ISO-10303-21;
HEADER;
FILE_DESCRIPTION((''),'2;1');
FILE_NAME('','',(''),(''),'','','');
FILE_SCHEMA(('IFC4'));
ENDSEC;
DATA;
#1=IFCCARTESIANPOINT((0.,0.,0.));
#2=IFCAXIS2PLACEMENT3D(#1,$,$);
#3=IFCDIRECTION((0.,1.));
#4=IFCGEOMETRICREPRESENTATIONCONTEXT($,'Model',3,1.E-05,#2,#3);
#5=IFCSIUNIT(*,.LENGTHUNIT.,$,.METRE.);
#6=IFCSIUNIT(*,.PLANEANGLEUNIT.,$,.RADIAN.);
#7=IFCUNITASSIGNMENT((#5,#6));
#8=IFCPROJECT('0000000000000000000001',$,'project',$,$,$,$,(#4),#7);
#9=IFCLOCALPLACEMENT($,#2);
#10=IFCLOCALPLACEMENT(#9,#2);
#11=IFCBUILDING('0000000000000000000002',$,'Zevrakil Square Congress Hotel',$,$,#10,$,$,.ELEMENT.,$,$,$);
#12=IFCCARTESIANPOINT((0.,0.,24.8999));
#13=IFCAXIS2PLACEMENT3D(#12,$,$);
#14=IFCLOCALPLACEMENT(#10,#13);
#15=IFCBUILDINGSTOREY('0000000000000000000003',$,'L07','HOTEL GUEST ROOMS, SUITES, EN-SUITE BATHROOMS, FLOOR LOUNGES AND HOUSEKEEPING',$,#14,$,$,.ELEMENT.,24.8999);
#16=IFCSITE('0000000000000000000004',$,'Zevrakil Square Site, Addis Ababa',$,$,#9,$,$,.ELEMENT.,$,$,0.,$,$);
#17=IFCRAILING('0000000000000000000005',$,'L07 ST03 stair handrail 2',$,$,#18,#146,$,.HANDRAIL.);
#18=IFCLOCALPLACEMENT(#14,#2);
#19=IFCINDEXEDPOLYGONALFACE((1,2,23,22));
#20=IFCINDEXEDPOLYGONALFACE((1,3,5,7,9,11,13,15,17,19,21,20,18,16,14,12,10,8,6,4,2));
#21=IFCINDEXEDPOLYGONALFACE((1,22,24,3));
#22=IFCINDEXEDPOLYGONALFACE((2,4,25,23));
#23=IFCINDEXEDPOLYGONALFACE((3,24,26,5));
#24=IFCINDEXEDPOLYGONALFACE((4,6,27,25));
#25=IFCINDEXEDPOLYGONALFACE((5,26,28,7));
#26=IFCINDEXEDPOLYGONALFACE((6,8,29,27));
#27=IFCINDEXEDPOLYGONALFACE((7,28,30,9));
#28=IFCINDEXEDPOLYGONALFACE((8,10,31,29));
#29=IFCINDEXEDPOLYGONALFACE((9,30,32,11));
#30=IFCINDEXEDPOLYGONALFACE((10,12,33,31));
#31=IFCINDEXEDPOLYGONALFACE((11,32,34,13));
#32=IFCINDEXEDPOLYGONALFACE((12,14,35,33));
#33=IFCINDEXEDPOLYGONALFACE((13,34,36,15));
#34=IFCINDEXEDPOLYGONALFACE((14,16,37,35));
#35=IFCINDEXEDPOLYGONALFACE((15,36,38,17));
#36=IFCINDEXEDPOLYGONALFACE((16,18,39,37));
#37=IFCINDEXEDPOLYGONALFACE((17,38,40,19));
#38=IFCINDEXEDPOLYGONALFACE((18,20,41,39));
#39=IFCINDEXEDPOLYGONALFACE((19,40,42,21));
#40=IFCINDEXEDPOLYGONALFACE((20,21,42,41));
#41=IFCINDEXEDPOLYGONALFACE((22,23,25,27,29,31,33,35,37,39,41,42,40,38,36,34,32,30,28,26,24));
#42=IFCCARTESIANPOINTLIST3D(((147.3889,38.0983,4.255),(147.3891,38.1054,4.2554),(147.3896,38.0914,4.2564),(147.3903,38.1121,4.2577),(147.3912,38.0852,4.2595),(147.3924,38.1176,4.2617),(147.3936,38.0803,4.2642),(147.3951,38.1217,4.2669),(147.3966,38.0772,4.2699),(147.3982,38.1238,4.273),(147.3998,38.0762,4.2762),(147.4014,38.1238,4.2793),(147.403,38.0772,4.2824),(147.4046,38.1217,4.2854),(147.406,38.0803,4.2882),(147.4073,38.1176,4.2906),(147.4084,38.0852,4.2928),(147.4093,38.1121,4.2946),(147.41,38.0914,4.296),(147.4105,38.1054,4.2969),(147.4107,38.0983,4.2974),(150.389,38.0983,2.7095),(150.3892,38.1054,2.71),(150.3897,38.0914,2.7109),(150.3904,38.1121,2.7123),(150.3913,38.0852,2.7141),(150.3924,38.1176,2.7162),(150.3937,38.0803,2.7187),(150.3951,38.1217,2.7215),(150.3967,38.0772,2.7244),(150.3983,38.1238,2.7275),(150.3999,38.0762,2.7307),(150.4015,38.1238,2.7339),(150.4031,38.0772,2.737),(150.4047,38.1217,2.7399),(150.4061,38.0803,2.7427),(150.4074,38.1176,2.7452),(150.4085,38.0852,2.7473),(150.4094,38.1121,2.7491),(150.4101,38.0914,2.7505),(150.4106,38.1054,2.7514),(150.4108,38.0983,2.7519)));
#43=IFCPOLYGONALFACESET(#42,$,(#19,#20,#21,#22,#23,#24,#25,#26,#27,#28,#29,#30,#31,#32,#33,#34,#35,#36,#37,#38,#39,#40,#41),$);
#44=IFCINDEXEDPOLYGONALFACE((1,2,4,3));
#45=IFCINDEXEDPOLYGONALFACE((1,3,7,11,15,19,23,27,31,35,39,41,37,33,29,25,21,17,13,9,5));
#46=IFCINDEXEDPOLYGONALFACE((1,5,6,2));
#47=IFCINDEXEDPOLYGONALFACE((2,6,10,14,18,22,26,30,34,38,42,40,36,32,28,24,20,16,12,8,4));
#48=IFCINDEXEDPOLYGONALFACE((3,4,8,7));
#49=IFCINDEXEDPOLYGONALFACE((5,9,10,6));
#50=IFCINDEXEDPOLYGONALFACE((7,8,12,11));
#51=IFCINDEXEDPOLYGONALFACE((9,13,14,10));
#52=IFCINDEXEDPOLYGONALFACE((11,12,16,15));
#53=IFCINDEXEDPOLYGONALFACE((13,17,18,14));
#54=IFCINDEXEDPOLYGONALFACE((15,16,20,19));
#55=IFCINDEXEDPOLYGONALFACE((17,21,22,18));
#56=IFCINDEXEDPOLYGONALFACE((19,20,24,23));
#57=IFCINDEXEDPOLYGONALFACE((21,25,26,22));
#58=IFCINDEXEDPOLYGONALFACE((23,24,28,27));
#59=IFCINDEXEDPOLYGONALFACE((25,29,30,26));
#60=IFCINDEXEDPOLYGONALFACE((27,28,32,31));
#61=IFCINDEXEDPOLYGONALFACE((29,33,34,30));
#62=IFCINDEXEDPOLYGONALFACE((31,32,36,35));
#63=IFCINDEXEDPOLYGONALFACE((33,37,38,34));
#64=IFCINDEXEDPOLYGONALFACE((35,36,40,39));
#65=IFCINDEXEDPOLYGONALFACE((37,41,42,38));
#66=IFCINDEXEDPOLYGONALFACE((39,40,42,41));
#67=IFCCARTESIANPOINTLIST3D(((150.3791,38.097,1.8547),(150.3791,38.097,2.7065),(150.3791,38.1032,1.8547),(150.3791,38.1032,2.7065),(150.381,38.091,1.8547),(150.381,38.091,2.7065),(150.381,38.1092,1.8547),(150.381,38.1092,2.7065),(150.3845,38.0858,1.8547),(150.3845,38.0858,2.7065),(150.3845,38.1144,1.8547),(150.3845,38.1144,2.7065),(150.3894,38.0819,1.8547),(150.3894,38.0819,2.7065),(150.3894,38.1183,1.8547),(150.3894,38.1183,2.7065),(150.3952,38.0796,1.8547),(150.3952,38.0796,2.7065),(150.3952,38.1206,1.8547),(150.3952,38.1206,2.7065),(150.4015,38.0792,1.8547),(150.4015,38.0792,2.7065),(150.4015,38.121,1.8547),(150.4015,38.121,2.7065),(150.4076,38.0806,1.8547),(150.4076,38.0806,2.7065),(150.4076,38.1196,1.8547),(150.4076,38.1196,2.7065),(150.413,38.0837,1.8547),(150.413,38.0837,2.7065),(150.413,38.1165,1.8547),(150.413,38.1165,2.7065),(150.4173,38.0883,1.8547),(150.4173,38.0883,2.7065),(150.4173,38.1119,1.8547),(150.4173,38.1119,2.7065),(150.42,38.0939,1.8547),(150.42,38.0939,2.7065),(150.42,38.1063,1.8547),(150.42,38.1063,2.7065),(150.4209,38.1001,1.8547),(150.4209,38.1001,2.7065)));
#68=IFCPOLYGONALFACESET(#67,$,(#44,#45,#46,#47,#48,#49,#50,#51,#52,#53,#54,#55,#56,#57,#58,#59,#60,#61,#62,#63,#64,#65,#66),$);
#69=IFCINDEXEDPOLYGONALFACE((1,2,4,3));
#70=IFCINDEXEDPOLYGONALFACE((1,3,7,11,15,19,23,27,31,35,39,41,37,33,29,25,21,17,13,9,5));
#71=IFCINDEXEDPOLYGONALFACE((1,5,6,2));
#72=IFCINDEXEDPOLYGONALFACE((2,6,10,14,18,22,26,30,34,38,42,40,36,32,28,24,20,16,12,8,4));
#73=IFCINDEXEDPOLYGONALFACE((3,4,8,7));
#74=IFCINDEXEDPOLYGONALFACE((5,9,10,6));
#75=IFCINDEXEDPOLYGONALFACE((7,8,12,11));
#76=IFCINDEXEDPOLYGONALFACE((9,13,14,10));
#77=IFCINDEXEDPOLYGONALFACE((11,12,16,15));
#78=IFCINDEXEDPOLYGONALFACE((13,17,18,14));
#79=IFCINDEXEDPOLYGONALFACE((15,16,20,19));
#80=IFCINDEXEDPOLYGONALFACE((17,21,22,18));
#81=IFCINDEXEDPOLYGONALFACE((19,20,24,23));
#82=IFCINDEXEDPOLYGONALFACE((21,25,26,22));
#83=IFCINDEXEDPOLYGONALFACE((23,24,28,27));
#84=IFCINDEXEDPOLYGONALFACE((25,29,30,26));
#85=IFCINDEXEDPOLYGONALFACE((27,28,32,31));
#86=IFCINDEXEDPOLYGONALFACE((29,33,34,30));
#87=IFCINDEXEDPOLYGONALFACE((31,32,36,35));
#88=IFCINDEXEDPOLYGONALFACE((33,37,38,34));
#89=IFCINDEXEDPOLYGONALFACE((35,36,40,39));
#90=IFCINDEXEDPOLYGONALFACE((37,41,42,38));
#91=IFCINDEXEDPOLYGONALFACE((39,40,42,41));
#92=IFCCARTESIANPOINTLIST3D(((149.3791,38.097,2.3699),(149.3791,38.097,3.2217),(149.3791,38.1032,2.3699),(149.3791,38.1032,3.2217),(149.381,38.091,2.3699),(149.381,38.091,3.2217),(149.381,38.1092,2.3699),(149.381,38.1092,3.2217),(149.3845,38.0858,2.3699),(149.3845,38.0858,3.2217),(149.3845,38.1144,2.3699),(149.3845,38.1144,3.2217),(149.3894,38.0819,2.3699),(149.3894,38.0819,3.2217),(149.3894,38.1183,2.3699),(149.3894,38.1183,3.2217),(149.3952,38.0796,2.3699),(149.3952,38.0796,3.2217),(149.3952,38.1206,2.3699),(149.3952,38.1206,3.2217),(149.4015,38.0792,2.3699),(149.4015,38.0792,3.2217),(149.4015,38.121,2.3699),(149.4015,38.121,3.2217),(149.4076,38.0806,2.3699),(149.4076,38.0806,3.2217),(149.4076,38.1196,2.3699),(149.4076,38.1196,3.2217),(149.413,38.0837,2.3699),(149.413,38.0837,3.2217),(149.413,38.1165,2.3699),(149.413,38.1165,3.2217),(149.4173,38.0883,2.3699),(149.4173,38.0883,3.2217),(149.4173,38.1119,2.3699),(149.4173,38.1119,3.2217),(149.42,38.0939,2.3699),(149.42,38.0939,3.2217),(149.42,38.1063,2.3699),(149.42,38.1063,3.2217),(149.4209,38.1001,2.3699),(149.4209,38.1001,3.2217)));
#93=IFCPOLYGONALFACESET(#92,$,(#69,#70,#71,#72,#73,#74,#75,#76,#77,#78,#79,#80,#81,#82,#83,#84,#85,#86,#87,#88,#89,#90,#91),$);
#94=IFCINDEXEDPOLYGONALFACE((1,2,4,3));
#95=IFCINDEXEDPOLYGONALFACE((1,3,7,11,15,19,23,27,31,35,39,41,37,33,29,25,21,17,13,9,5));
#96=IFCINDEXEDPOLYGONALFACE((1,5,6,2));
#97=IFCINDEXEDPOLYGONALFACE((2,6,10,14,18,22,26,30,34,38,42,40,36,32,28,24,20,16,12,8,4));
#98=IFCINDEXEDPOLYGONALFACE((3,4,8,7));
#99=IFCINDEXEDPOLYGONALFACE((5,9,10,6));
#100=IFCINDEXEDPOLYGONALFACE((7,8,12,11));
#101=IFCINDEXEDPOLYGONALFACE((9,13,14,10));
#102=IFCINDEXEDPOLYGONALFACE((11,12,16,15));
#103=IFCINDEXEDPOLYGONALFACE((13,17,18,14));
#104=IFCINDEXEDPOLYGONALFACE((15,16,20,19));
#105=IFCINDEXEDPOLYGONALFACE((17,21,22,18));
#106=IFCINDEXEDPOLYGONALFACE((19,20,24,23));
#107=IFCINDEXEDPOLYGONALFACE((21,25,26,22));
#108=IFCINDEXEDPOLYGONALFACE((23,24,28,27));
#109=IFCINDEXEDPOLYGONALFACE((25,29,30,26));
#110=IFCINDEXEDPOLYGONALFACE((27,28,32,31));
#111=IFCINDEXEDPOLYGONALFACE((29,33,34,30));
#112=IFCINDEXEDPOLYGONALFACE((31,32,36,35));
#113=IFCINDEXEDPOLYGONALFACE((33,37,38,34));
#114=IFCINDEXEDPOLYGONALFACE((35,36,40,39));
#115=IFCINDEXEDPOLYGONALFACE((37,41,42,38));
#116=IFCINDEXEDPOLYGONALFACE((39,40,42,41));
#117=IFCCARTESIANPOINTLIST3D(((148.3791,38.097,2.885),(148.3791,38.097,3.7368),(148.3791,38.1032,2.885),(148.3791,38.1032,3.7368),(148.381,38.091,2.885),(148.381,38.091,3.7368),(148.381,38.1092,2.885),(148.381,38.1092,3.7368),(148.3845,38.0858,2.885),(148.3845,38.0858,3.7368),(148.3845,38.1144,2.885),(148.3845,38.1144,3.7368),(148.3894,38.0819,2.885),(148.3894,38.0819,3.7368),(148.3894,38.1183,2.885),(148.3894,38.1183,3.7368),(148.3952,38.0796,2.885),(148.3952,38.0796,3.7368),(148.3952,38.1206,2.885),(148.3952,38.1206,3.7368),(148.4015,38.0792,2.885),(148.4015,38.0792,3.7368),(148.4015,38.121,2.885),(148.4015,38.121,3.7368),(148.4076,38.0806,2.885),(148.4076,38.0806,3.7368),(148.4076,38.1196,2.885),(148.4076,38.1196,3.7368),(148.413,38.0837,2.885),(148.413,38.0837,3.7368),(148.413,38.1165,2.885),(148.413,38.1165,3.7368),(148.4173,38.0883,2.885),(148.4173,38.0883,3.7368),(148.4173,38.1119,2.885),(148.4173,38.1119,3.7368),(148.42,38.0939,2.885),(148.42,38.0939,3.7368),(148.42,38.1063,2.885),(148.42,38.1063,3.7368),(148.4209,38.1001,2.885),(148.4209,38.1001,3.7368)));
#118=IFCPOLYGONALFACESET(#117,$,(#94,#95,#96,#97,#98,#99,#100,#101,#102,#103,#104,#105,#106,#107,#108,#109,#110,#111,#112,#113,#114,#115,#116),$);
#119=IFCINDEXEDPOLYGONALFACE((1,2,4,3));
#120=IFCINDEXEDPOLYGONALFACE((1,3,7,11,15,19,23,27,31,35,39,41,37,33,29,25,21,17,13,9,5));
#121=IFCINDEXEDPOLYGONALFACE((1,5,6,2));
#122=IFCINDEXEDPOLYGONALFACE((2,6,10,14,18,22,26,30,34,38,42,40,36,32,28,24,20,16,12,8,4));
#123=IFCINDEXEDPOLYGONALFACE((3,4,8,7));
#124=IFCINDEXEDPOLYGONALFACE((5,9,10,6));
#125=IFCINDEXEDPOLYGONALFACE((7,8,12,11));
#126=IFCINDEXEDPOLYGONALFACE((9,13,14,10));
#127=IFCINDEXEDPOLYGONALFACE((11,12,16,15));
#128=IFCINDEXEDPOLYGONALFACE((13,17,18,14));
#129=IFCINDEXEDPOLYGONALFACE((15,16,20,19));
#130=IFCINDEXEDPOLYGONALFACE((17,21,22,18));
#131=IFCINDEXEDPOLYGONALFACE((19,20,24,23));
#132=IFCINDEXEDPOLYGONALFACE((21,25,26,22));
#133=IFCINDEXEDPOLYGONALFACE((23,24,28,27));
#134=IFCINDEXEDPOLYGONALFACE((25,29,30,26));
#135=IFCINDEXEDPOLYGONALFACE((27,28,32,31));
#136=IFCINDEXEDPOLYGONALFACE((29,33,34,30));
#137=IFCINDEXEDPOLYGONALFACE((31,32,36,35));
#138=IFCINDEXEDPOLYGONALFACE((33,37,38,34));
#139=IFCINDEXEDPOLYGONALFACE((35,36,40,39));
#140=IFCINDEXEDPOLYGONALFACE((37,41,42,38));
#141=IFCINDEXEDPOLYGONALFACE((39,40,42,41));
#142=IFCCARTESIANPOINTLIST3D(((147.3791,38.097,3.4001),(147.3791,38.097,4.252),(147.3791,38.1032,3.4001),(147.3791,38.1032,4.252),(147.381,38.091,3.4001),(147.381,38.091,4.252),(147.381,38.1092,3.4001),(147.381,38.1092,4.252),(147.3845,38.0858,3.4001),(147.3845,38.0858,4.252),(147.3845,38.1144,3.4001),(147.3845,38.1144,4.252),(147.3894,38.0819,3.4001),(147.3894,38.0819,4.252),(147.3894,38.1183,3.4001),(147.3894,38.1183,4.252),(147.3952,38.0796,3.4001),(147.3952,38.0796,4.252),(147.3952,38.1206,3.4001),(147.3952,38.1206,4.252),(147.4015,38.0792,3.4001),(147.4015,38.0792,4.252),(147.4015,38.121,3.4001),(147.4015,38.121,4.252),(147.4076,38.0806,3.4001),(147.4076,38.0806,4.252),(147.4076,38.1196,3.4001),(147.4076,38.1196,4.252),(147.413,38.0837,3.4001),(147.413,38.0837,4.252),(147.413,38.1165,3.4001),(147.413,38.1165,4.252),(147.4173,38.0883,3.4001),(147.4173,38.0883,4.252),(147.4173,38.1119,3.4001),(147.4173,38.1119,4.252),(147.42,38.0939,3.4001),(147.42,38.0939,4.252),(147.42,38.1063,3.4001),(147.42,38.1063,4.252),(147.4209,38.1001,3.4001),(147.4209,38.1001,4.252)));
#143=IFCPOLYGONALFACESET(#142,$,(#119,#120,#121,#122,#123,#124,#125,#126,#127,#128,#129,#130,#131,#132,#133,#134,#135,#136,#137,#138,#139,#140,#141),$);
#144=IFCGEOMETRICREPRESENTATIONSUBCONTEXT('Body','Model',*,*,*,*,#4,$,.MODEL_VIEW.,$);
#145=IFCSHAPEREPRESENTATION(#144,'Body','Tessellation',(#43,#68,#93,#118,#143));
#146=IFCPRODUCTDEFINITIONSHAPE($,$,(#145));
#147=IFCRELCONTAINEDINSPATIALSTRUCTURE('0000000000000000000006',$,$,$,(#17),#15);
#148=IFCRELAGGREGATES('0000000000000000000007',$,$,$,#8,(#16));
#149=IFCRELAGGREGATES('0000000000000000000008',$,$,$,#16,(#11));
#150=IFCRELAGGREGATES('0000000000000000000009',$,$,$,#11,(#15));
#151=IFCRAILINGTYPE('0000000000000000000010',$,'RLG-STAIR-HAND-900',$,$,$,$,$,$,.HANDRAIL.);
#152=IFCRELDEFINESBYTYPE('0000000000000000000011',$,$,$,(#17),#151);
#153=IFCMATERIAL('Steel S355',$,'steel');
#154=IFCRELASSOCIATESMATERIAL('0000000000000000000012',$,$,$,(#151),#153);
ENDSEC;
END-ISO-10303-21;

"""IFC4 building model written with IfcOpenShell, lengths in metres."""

from ifc_helpers import new_model, si_unit, direction, frame, origin, origin_2d, place, context, subcontext, project, spatial, circle, extrude, material, type_object, element, save


model = new_model("IFC4")

# Units and contexts
model_context = context("Model", 3, precision=1e-05, world=origin(), true_north=direction((0.0, 1.0)))
body_context = subcontext(model_context, "Body", "Model", "MODEL_VIEW")
ifc_project = project(units=[si_unit("LENGTHUNIT", "METRE"), si_unit("PLANEANGLEUNIT", "RADIAN")], contexts=[model_context])

# Site, building, storey
site_placement = place(None, origin())
site = spatial("IfcSite", under=ifc_project, at=site_placement, Name="Zevrakil Square Site, Addis Ababa", CompositionType="ELEMENT", RefElevation=0.0)
building_placement = place(site_placement, origin())
building = spatial("IfcBuilding", under=site, at=building_placement, Name="Zevrakil Square Congress Hotel", CompositionType="ELEMENT")
storey_placement = place(building_placement, frame((0.0, 0.0, 24.8999)))
storey = spatial("IfcBuildingStorey", under=building, at=storey_placement, Name="L07", Description="HOTEL GUEST ROOMS, SUITES, EN-SUITE BATHROOMS, FLOOR LOUNGES AND HOUSEKEEPING", CompositionType="ELEMENT", Elevation=24.8999)

# Railing
ifc_material_1 = material(Name="Steel S355", Category="steel")
railing_type_1 = type_object("IfcRailingType", Name="RLG-STAIR-HAND-900", PredefinedType="HANDRAIL", material=ifc_material_1)
railing_1_placement = place(storey_placement, frame((150.3999, 38.1001, 1.8547)))
element("IfcRailing", 1, at=railing_1_placement, inside=storey, type_object=railing_type_1, Name="L07 ST03 stair handrail 2", PredefinedType="HANDRAIL", context=body_context, shape_type="SweptSolid", body=[
    extrude(circle(Radius=0.0239, at=origin_2d()), frame((0.0, 0.0, 0.876), z_axis=(-0.88898, 0.0, 0.457946), x_axis=(0.0, -1.0, 0.0)), (0.0, 0.0, 1.0), 3.3748),
    extrude(circle(Radius=0.021, at=origin_2d()), origin(), (0.0, 0.0, 1.0), 0.8518),
    extrude(circle(Radius=0.021, at=origin_2d()), frame((-1.0, 0.0, 0.5151)), (0.0, 0.0, 1.0), 0.8518),
    extrude(circle(Radius=0.021, at=origin_2d()), frame((-2.0, 0.0, 1.0303)), (0.0, 0.0, 1.0), 0.8518),
    extrude(circle(Radius=0.021, at=origin_2d()), frame((-3.0, 0.0, 1.5454)), (0.0, 0.0, 1.0), 0.8518),
])

save(model, "model.ifc")
